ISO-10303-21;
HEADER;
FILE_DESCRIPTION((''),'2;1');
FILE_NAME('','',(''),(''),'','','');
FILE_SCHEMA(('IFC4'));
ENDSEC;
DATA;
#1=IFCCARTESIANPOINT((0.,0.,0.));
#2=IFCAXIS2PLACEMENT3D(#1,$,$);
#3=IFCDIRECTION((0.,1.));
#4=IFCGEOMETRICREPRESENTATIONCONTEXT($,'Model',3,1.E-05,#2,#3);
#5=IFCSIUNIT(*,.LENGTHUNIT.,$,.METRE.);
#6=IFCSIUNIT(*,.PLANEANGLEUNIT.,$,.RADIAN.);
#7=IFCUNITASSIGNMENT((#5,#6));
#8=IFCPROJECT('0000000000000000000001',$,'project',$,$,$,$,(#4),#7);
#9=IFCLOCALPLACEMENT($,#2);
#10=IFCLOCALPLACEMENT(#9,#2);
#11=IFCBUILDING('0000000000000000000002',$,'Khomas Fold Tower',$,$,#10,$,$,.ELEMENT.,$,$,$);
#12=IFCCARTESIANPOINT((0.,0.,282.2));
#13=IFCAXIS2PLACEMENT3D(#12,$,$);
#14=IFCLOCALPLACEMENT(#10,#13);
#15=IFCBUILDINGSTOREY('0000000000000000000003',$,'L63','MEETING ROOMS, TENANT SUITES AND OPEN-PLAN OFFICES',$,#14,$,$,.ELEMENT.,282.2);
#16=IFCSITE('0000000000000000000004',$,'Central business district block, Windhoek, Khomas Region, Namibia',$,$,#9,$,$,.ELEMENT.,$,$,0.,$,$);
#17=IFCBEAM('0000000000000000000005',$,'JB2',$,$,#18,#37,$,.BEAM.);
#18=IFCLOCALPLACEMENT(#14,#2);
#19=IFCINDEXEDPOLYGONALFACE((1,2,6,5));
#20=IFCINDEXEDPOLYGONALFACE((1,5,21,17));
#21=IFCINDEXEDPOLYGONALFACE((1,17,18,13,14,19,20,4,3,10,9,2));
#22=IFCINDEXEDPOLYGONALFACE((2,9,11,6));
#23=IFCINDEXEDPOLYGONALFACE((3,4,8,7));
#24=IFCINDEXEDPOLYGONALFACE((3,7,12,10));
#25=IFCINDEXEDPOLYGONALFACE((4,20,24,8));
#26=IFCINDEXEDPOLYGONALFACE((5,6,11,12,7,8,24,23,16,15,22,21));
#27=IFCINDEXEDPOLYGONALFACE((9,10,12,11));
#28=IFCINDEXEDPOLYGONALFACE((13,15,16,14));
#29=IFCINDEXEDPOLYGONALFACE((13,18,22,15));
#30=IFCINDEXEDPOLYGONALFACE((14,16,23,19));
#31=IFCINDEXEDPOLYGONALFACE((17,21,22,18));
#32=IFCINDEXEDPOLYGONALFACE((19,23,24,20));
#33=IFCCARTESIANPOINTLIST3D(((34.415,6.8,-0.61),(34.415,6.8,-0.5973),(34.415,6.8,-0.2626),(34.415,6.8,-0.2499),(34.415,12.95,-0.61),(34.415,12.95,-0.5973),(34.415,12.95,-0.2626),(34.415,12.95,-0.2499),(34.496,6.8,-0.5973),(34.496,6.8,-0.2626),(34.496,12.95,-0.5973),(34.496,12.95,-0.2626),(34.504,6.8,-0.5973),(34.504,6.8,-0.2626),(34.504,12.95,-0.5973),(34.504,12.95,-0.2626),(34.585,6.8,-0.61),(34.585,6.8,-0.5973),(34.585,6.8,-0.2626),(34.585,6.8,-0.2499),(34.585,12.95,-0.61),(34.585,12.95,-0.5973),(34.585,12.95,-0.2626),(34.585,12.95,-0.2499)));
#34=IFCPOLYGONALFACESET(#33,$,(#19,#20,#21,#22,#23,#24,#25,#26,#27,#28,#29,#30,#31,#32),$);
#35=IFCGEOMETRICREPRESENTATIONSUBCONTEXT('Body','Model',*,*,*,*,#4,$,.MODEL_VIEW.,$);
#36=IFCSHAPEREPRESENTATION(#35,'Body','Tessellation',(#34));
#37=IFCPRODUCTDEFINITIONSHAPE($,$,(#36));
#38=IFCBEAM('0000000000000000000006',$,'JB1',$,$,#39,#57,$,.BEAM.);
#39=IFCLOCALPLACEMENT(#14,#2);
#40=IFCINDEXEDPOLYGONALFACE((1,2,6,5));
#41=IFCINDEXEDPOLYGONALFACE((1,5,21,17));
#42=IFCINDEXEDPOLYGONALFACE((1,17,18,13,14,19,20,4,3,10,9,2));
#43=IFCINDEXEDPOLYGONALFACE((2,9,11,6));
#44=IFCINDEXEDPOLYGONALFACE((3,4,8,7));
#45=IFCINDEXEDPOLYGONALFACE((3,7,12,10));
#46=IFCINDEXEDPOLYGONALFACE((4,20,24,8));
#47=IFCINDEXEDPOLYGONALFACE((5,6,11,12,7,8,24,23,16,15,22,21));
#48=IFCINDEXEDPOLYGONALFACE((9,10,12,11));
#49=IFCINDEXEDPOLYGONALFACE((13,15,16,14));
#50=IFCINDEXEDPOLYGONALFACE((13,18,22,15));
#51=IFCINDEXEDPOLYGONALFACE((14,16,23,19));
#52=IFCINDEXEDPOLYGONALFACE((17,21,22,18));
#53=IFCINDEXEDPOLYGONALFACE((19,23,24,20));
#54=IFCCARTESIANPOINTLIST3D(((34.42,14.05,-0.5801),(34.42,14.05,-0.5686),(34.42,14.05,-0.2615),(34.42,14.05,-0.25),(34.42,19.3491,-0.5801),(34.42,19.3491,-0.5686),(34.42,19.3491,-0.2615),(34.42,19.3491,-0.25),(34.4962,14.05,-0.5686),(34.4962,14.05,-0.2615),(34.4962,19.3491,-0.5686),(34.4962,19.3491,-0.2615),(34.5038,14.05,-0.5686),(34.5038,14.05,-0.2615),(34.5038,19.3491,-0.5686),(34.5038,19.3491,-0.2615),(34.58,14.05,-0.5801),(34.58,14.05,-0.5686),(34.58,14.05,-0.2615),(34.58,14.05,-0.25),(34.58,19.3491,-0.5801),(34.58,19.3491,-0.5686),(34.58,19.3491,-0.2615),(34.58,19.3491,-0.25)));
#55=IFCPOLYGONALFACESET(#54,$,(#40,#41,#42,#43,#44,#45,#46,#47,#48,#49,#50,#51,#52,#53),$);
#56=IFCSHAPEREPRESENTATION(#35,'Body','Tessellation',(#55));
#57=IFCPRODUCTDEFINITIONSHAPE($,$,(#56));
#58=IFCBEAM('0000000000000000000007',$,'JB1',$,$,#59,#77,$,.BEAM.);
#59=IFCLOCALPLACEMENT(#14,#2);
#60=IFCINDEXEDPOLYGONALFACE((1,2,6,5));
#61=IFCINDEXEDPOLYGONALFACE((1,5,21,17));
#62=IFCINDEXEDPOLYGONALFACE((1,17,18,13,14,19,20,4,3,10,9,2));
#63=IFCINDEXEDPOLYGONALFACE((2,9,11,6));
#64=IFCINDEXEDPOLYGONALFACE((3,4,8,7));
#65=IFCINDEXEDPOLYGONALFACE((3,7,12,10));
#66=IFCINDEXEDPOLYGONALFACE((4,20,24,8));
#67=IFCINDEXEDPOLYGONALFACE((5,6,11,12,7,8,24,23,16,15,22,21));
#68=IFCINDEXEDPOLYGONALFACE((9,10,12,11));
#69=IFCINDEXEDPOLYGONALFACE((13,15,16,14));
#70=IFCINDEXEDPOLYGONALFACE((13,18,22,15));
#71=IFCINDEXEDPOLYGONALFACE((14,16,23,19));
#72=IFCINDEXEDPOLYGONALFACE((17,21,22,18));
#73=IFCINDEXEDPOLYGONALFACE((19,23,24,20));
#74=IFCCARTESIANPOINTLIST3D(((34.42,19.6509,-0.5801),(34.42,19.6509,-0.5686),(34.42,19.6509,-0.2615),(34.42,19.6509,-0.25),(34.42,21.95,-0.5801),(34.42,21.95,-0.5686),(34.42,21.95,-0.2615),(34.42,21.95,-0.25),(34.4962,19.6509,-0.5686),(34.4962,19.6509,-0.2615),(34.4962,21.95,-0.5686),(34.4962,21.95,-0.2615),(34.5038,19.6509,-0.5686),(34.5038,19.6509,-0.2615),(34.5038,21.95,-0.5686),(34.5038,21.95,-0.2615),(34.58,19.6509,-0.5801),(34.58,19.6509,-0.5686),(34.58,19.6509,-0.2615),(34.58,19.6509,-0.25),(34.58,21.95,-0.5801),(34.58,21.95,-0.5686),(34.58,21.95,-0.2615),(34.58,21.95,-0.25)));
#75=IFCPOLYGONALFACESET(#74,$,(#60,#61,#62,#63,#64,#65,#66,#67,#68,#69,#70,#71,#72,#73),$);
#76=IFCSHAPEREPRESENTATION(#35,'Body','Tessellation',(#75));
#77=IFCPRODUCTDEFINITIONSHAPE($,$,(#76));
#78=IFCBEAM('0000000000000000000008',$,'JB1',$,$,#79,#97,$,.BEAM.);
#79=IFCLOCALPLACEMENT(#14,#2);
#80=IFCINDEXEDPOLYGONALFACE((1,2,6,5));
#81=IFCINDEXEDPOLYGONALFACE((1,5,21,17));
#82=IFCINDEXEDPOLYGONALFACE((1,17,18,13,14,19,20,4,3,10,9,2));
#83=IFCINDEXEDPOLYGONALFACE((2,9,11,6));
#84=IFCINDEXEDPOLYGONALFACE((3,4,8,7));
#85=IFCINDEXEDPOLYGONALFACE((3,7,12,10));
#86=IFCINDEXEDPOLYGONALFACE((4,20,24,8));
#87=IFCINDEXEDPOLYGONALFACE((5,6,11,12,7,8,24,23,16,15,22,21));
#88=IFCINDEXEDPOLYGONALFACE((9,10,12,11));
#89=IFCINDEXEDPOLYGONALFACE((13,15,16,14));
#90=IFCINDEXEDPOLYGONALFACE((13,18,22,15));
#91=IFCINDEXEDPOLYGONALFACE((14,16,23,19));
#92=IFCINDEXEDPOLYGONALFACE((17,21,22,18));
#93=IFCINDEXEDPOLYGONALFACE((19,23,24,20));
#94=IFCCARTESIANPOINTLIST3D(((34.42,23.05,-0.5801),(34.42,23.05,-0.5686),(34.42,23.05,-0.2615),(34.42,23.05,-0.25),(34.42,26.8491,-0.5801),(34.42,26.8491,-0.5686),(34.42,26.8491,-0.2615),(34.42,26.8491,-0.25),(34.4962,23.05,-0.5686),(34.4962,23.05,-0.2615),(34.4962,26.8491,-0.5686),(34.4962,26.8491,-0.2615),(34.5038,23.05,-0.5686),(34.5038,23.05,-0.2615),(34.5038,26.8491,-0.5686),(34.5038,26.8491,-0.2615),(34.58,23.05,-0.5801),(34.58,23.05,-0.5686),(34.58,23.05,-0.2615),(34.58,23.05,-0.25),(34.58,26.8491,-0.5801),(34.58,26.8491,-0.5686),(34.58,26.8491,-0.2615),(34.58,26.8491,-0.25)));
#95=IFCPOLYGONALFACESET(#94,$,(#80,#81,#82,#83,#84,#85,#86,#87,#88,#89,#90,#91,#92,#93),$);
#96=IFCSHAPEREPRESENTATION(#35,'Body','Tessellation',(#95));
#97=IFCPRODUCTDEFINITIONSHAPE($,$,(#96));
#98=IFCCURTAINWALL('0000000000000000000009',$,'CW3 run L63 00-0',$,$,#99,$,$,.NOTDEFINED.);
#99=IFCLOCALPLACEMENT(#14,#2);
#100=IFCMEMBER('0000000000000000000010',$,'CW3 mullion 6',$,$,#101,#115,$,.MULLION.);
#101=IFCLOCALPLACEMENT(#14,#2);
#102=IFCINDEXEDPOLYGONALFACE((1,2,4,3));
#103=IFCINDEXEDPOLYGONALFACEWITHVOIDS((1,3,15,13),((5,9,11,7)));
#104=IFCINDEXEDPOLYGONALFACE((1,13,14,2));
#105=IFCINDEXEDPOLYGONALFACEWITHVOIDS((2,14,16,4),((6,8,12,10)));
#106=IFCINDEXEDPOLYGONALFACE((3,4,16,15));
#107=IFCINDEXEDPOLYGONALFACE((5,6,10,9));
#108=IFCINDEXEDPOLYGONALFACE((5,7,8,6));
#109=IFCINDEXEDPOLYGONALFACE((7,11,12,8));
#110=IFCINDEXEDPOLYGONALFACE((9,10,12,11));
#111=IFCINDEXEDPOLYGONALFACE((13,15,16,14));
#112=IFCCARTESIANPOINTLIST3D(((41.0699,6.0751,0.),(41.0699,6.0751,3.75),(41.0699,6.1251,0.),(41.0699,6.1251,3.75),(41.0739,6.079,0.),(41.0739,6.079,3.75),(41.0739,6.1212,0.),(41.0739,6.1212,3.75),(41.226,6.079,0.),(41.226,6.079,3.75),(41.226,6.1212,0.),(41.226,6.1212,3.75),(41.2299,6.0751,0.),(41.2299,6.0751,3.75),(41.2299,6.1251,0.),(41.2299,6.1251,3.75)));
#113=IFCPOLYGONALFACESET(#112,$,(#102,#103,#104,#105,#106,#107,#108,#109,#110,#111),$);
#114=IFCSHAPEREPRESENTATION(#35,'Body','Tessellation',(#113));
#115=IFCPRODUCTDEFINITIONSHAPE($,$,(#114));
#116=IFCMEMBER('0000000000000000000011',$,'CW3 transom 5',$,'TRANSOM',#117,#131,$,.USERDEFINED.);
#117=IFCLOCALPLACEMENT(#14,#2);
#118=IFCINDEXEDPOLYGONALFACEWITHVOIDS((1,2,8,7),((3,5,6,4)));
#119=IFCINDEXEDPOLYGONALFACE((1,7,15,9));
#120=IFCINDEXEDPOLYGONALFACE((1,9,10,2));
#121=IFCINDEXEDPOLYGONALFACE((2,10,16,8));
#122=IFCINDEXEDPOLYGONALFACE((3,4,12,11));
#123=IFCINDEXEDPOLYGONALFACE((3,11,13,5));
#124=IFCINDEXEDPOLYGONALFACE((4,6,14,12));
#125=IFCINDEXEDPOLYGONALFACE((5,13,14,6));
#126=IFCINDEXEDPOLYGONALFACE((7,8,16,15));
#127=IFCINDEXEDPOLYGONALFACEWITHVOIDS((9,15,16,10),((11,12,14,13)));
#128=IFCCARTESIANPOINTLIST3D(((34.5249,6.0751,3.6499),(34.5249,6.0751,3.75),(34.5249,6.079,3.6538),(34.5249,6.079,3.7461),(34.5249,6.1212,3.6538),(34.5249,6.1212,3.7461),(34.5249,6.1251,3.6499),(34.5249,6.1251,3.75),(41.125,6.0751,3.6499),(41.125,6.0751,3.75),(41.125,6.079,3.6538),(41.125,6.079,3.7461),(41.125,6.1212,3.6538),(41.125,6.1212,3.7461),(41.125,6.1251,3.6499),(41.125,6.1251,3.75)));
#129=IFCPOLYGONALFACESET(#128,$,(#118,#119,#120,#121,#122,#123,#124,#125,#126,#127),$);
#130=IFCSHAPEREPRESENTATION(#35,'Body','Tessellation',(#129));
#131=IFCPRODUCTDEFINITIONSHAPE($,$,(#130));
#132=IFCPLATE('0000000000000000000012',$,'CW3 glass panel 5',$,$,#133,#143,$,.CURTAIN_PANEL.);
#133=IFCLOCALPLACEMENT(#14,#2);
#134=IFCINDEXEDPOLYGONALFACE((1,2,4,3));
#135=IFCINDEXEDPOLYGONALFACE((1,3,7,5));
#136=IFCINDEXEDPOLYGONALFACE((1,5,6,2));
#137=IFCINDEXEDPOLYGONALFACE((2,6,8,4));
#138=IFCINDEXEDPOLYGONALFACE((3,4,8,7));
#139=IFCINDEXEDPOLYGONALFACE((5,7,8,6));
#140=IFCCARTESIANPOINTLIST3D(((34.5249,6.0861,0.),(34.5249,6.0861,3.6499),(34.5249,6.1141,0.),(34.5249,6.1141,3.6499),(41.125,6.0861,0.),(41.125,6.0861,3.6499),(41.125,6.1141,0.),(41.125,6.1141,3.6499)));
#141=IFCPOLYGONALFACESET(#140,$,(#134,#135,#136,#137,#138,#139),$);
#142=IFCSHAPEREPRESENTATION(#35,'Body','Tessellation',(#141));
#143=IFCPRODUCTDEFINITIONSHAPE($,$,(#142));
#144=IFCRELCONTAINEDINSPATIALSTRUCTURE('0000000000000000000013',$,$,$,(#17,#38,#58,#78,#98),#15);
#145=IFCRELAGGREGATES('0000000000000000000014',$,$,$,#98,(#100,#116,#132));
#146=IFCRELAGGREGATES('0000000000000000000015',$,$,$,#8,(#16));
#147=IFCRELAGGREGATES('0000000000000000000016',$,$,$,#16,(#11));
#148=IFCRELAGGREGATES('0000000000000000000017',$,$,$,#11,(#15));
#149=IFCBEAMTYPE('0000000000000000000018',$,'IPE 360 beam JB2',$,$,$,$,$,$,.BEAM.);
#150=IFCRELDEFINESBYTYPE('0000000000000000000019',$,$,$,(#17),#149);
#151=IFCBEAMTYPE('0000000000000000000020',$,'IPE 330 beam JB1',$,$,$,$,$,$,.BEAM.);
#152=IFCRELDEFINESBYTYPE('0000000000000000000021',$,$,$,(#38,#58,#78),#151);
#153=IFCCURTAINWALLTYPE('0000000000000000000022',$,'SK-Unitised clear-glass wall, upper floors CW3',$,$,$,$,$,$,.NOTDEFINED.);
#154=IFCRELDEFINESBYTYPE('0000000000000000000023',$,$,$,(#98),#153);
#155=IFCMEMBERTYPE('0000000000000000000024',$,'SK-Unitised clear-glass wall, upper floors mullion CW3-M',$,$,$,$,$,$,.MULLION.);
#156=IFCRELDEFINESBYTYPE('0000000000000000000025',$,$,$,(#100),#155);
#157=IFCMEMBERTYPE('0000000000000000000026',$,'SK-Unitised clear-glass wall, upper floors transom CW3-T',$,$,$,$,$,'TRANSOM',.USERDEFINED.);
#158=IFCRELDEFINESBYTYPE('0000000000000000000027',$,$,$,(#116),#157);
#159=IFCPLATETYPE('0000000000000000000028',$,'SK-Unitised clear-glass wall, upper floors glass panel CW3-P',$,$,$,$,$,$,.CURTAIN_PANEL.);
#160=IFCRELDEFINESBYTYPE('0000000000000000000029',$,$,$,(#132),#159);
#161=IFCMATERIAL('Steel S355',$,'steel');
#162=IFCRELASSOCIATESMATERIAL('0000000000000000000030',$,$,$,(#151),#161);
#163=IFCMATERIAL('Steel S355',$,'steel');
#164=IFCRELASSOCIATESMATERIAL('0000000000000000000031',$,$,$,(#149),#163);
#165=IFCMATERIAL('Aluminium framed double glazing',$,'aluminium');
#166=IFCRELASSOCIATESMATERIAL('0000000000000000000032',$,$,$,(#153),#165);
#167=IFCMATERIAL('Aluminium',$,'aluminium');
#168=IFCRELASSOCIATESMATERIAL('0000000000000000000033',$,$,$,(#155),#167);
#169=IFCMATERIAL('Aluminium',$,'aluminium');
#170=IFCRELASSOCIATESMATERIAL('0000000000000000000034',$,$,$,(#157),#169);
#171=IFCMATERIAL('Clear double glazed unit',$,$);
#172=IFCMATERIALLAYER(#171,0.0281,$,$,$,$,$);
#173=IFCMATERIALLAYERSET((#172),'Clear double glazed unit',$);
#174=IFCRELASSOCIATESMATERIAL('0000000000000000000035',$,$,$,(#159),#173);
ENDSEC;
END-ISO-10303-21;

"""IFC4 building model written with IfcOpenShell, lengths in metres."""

from ifc_helpers import new_model, si_unit, direction, frame, origin, origin_2d, place, context, subcontext, project, spatial, rectangle, hollow_rectangle, i_section, extrude, source, transform, mapped, material, layer, layer_set, material_profile, profile_set, type_object, element, aggregate, save


model = new_model("IFC4")

# Units and contexts
model_context = context("Model", 3, precision=1e-05, world=origin(), true_north=direction((0.0, 1.0)))
body_context = subcontext(model_context, "Body", "Model", "MODEL_VIEW")
ifc_project = project(units=[si_unit("LENGTHUNIT", "METRE"), si_unit("PLANEANGLEUNIT", "RADIAN")], contexts=[model_context])

# Site, building, storey
site_placement = place(None, origin())
site = spatial("IfcSite", under=ifc_project, at=site_placement, Name="Central business district block, Windhoek, Khomas Region, Namibia", CompositionType="ELEMENT", RefElevation=0.0)
building_placement = place(site_placement, origin())
building = spatial("IfcBuilding", under=site, at=building_placement, Name="Khomas Fold Tower", CompositionType="ELEMENT")
storey_placement = place(building_placement, frame((0.0, 0.0, 282.2)))
storey = spatial("IfcBuildingStorey", under=building, at=storey_placement, Name="L63", Description="MEETING ROOMS, TENANT SUITES AND OPEN-PLAN OFFICES", CompositionType="ELEMENT", Elevation=282.2)

# Beams
ifc_material_1 = material(Name="Steel S355", Category="steel")
ifc_material_profile_1 = material_profile(ifc_material_1, i_section(OverallWidth=0.1599, OverallDepth=0.3301, WebThickness=0.0076, FlangeThickness=0.0115, at=origin_2d()), Name="IPE 330")
ifc_profile_set_1 = profile_set([ifc_material_profile_1], Name="Steel S355")
beam_type_1 = type_object("IfcBeamType", Name="IPE 330 beam JB1", PredefinedType="BEAM", material=ifc_profile_set_1)
ifc_material_2 = material(Name="Steel S355", Category="steel")
ifc_material_profile_2 = material_profile(ifc_material_2, i_section(OverallWidth=0.1699, OverallDepth=0.3601, WebThickness=0.0081, FlangeThickness=0.0127, at=origin_2d()), Name="IPE 360")
ifc_profile_set_2 = profile_set([ifc_material_profile_2], Name="Steel S355")
beam_type_2 = type_object("IfcBeamType", Name="IPE 360 beam JB2", PredefinedType="BEAM", material=ifc_profile_set_2)
shared_shape_1 = source(origin(), body_context, "Body", "SweptSolid", [
    extrude(i_section(OverallWidth=0.1699, OverallDepth=0.3601, WebThickness=0.0081, FlangeThickness=0.0127, at=origin_2d()), origin(), (0.0, 0.0, 1.0), 6.1499),
])
beam_1_placement = place(storey_placement, frame((34.5, 6.8, -0.4299), z_axis=(0.0, 1.0, 0.0), x_axis=(-1.0, 0.0, 0.0)))
element("IfcBeam", 1, at=beam_1_placement, inside=storey, type_object=beam_type_2, Name="JB2", PredefinedType="BEAM", context=body_context, shape_type="MappedRepresentation", body=[
    mapped(shared_shape_1, transform((0.0, 0.0, 0.0))),
])
shared_shape_2 = source(origin(), body_context, "Body", "SweptSolid", [
    extrude(i_section(OverallWidth=0.1599, OverallDepth=0.3301, WebThickness=0.0076, FlangeThickness=0.0115, at=origin_2d()), origin(), (0.0, 0.0, 1.0), 5.2991),
])
beam_2_placement = place(storey_placement, frame((34.5, 14.05, -0.415), z_axis=(0.0, 1.0, 0.0), x_axis=(-1.0, 0.0, 0.0)))
element("IfcBeam", 2, at=beam_2_placement, inside=storey, type_object=beam_type_1, Name="JB1", PredefinedType="BEAM", context=body_context, shape_type="MappedRepresentation", body=[
    mapped(shared_shape_2, transform((0.0, 0.0, 0.0))),
])
shared_shape_3 = source(origin(), body_context, "Body", "SweptSolid", [
    extrude(i_section(OverallWidth=0.1599, OverallDepth=0.3301, WebThickness=0.0076, FlangeThickness=0.0115, at=origin_2d()), origin(), (0.0, 0.0, 1.0), 2.2991),
])
beam_3_placement = place(storey_placement, frame((34.5, 19.6509, -0.415), z_axis=(0.0, 1.0, 0.0), x_axis=(-1.0, 0.0, 0.0)))
element("IfcBeam", 3, at=beam_3_placement, inside=storey, type_object=beam_type_1, Name="JB1", PredefinedType="BEAM", context=body_context, shape_type="MappedRepresentation", body=[
    mapped(shared_shape_3, transform((0.0, 0.0, 0.0))),
])
shared_shape_4 = source(origin(), body_context, "Body", "SweptSolid", [
    extrude(i_section(OverallWidth=0.1599, OverallDepth=0.3301, WebThickness=0.0076, FlangeThickness=0.0115, at=origin_2d()), origin(), (0.0, 0.0, 1.0), 3.7991),
])
beam_4_placement = place(storey_placement, frame((34.5, 23.05, -0.415), z_axis=(0.0, 1.0, 0.0), x_axis=(-1.0, 0.0, 0.0)))
element("IfcBeam", 4, at=beam_4_placement, inside=storey, type_object=beam_type_1, Name="JB1", PredefinedType="BEAM", context=body_context, shape_type="MappedRepresentation", body=[
    mapped(shared_shape_4, transform((0.0, 0.0, 0.0))),
])

# Curtain wall, members, plate
ifc_material_3 = material(Name="Aluminium framed double glazing", Category="aluminium")
curtain_wall_type = type_object("IfcCurtainWallType", Name="SK-Unitised clear-glass wall, upper floors CW3", PredefinedType="NOTDEFINED", material=ifc_material_3)
curtain_wall_placement = place(storey_placement, origin())
curtain_wall = element("IfcCurtainWall", 5, at=curtain_wall_placement, inside=storey, type_object=curtain_wall_type, Name="CW3 run L63 00-0", PredefinedType="NOTDEFINED")
ifc_material_4 = material(Name="Aluminium", Category="aluminium")
ifc_material_profile_3 = material_profile(ifc_material_4, hollow_rectangle(XDim=0.05, YDim=0.1599, WallThickness=0.0039, at=origin_2d()), Name="SK-Unitised clear-glass wall, upper floors mullion CW3-M")
ifc_profile_set_3 = profile_set([ifc_material_profile_3], Name="Aluminium")
member_type_1 = type_object("IfcMemberType", Name="SK-Unitised clear-glass wall, upper floors mullion CW3-M", PredefinedType="MULLION", material=ifc_profile_set_3)
shared_shape_5 = source(origin(), body_context, "Body", "SweptSolid", [
    extrude(hollow_rectangle(XDim=0.05, YDim=0.1599, WallThickness=0.0039, at=origin_2d()), origin(), (0.0, 0.0, 1.0), 3.75),
])
member_1_placement = place(storey_placement, frame((41.1499, 6.1001, 0.0), z_axis=(0.0, 0.0, 1.0), x_axis=(0.0, 1.0, 0.0)))
member_1 = element("IfcMember", 6, at=member_1_placement, type_object=member_type_1, Name="CW3 mullion 6", PredefinedType="MULLION", context=body_context, shape_type="MappedRepresentation", body=[
    mapped(shared_shape_5, transform((0.0, 0.0, 0.0))),
])
ifc_material_5 = material(Name="Aluminium", Category="aluminium")
ifc_material_profile_4 = material_profile(ifc_material_5, hollow_rectangle(XDim=0.05, YDim=0.1001, WallThickness=0.0039, at=origin_2d()), Name="SK-Unitised clear-glass wall, upper floors transom CW3-T")
ifc_profile_set_4 = profile_set([ifc_material_profile_4], Name="Aluminium")
member_type_2 = type_object("IfcMemberType", Name="SK-Unitised clear-glass wall, upper floors transom CW3-T", ElementType="TRANSOM", PredefinedType="USERDEFINED", material=ifc_profile_set_4)
shared_shape_6 = source(origin(), body_context, "Body", "SweptSolid", [
    extrude(hollow_rectangle(XDim=0.05, YDim=0.1001, WallThickness=0.0039, at=origin_2d()), origin(), (0.0, 0.0, 1.0), 6.6001),
])
member_2_placement = place(storey_placement, frame((34.5249, 6.1001, 3.7), z_axis=(1.0, 0.0, 0.0), x_axis=(0.0, 1.0, 0.0)))
member_2 = element("IfcMember", 7, at=member_2_placement, type_object=member_type_2, Name="CW3 transom 5", ObjectType="TRANSOM", PredefinedType="USERDEFINED", context=body_context, shape_type="MappedRepresentation", body=[
    mapped(shared_shape_6, transform((0.0, 0.0, 0.0))),
])
ifc_material_6 = material(Name="Clear double glazed unit")
ifc_layer_1 = layer(ifc_material_6, 0.0281)
ifc_layer_set_1 = layer_set([ifc_layer_1], Name="Clear double glazed unit")
plate_type = type_object("IfcPlateType", Name="SK-Unitised clear-glass wall, upper floors glass panel CW3-P", PredefinedType="CURTAIN_PANEL", material=ifc_layer_set_1)
shared_shape_7 = source(origin(), body_context, "Body", "SweptSolid", [
    extrude(rectangle(XDim=6.6001, YDim=0.0281, at=origin_2d()), origin(), (0.0, 0.0, 1.0), 3.6499),
])
plate_placement = place(storey_placement, frame((37.825, 6.1001, 0.0), z_axis=(0.0, 0.0, 1.0), x_axis=(1.0, 0.0, 0.0)))
plate = element("IfcPlate", 8, at=plate_placement, type_object=plate_type, Name="CW3 glass panel 5", PredefinedType="CURTAIN_PANEL", context=body_context, shape_type="MappedRepresentation", body=[
    mapped(shared_shape_7, transform((0.0, 0.0, 0.0))),
])
aggregate(curtain_wall, [member_1, member_2, plate])

save(model, "model.ifc")
